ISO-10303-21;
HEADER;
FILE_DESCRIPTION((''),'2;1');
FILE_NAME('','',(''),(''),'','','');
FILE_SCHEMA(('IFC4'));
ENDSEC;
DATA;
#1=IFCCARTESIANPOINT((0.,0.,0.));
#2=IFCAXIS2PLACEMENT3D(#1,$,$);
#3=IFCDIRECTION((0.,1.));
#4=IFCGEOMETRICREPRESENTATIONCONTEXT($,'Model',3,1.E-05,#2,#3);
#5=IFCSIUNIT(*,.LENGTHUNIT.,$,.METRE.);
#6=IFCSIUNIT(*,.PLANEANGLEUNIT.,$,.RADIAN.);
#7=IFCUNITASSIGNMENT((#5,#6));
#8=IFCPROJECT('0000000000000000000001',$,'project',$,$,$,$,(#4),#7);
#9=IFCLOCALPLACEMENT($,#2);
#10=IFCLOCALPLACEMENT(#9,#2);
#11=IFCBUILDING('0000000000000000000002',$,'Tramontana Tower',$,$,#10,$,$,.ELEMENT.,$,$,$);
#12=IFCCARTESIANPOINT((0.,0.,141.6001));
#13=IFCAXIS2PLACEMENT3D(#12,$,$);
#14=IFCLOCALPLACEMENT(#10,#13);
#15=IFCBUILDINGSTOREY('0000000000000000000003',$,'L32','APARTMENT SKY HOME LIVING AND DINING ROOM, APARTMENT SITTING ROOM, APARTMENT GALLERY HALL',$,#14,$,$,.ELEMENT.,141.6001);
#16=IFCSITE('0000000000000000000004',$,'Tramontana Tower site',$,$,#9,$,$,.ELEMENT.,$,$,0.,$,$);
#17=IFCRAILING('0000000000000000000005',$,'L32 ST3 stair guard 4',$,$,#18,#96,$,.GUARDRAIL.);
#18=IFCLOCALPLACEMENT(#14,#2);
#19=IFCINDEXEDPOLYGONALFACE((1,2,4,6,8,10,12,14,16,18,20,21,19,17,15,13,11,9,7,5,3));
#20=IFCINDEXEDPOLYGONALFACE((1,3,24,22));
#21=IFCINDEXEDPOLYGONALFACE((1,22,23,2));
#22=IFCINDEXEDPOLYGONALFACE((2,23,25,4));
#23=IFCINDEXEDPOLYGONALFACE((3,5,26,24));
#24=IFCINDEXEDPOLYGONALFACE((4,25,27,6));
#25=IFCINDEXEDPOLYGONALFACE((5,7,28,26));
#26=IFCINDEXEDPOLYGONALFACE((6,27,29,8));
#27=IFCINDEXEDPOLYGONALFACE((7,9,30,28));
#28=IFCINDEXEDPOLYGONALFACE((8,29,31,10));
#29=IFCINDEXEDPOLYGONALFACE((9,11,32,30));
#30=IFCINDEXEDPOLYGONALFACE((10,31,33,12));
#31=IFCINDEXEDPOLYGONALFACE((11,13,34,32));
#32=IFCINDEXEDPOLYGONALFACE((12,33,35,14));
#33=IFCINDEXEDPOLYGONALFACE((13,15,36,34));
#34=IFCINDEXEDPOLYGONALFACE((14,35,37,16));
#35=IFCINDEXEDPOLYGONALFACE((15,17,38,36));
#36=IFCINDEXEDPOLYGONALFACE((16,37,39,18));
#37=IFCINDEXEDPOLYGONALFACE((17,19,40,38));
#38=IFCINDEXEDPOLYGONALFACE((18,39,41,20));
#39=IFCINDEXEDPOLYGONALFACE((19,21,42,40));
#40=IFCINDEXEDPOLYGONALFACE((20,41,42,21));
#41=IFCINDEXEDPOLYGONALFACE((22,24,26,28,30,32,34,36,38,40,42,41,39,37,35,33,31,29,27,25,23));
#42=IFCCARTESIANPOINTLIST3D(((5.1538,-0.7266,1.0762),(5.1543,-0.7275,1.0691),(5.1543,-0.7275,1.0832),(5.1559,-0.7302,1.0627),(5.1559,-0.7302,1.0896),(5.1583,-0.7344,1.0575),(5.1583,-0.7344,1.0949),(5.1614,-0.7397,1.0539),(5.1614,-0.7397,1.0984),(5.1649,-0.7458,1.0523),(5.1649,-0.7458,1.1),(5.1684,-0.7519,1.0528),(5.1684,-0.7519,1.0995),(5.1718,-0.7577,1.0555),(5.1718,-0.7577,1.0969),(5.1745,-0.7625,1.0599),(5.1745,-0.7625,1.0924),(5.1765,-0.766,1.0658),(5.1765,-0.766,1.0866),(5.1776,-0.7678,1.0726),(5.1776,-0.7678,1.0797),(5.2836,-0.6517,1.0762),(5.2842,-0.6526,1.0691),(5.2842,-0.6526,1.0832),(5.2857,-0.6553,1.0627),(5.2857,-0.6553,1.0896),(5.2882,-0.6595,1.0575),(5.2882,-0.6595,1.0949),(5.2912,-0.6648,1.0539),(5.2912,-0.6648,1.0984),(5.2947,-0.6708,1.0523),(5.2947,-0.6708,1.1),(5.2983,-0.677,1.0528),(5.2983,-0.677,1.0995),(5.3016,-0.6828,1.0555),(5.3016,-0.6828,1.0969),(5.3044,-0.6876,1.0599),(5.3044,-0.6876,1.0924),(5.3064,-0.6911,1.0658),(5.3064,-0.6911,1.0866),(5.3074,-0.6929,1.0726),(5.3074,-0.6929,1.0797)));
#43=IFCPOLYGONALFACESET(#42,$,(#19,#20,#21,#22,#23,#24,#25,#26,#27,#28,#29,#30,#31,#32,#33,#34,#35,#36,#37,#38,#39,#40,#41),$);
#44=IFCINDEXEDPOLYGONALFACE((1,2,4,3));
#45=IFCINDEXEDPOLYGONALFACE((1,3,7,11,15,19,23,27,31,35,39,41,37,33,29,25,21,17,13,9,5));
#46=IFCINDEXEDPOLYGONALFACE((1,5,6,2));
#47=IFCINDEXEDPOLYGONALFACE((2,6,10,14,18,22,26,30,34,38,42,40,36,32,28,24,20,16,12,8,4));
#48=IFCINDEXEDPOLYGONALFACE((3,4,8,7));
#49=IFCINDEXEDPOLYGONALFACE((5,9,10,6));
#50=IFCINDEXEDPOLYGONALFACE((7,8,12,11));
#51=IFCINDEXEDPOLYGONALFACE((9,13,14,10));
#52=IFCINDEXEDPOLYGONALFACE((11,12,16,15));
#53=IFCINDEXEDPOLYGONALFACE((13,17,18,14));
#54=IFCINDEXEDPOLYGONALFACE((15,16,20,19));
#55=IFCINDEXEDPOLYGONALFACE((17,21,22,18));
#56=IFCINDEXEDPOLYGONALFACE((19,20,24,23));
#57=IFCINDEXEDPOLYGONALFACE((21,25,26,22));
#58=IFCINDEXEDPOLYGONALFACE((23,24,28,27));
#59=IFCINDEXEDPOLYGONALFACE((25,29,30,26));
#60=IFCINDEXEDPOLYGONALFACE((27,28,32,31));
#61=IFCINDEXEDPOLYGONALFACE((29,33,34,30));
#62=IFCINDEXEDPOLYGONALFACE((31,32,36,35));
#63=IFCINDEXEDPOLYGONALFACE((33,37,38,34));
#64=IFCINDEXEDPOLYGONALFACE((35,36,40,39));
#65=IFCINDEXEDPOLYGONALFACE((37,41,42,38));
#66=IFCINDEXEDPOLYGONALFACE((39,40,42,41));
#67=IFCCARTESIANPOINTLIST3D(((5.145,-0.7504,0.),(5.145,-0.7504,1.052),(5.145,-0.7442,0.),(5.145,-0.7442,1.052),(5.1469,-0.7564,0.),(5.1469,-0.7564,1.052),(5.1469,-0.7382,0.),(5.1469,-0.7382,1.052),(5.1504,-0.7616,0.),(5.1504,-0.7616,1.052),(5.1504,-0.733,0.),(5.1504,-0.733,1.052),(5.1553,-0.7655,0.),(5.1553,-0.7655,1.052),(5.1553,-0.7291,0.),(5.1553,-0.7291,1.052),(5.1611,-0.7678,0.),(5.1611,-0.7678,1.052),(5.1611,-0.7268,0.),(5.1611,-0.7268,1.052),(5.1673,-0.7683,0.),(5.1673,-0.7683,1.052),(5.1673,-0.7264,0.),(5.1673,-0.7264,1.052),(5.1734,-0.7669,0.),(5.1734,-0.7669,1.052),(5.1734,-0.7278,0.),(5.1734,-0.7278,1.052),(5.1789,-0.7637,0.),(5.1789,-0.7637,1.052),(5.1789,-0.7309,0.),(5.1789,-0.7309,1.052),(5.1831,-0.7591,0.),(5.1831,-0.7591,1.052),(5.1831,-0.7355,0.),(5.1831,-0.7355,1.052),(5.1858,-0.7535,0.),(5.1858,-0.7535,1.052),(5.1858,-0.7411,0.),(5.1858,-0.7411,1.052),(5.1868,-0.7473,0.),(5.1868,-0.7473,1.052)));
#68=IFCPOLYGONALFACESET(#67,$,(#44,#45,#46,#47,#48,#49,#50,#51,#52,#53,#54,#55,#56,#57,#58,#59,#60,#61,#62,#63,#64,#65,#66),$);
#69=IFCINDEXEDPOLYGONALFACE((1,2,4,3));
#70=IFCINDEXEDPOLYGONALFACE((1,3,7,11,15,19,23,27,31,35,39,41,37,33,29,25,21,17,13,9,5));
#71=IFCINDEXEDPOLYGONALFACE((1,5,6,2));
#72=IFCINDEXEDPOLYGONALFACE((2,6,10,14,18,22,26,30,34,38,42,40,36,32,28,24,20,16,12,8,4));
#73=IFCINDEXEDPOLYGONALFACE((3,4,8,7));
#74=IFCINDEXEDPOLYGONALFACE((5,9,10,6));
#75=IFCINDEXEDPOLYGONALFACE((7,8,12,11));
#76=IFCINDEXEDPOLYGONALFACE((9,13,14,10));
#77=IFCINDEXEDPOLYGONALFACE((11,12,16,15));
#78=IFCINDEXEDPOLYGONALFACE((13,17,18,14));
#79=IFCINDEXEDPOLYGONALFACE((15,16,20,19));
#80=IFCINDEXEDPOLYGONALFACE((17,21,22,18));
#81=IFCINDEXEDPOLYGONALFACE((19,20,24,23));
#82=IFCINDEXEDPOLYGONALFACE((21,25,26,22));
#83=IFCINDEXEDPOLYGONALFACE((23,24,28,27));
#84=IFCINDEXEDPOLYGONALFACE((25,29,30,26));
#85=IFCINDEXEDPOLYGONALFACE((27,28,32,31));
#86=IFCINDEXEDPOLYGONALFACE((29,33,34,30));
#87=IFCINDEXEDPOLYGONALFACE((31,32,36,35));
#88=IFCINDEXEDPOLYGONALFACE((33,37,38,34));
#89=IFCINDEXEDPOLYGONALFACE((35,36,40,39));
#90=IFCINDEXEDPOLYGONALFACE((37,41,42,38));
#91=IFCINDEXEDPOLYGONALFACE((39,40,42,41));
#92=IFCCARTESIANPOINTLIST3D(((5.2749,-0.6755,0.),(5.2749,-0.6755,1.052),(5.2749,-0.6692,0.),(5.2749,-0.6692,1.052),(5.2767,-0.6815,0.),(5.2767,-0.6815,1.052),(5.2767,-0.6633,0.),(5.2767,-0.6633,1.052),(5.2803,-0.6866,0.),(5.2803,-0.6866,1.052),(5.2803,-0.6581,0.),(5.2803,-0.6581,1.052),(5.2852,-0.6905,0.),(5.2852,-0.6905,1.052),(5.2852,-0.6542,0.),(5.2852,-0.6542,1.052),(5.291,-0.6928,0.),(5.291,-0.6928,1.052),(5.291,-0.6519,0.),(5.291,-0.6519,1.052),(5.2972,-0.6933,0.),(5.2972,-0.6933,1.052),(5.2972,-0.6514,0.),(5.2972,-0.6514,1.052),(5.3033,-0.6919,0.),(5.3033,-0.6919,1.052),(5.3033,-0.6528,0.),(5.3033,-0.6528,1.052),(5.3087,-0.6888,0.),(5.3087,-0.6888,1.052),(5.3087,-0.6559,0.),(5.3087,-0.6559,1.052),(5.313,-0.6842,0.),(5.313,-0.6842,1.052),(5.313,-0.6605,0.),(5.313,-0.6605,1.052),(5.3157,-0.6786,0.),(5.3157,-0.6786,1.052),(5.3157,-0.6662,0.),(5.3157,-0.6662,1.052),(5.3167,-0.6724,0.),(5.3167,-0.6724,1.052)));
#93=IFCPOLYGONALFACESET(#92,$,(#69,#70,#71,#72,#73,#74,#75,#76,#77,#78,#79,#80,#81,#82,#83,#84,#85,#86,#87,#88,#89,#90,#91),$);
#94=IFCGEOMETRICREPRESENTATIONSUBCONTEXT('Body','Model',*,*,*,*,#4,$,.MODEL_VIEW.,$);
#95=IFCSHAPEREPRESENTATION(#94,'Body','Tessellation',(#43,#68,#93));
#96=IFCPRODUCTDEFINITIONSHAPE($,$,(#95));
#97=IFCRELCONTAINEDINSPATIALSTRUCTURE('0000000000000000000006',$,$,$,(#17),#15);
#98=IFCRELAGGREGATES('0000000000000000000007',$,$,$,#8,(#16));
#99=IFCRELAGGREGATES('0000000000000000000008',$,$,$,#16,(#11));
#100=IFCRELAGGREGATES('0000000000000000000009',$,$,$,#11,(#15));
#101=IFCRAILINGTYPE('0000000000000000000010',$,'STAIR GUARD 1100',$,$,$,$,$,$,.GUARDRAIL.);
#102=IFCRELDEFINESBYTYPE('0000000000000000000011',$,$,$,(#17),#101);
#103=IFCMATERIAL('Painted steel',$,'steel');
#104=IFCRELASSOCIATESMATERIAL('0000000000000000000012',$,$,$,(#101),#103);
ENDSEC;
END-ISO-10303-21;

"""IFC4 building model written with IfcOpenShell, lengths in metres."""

from ifc_helpers import new_model, si_unit, direction, frame, origin, origin_2d, place, context, subcontext, project, spatial, circle, extrude, material, type_object, element, save


model = new_model("IFC4")

# Units and contexts
model_context = context("Model", 3, precision=1e-05, world=origin(), true_north=direction((0.0, 1.0)))
body_context = subcontext(model_context, "Body", "Model", "MODEL_VIEW")
ifc_project = project(units=[si_unit("LENGTHUNIT", "METRE"), si_unit("PLANEANGLEUNIT", "RADIAN")], contexts=[model_context])

# Site, building, storey
site_placement = place(None, origin())
site = spatial("IfcSite", under=ifc_project, at=site_placement, Name="Tramontana Tower site", CompositionType="ELEMENT", RefElevation=0.0)
building_placement = place(site_placement, origin())
building = spatial("IfcBuilding", under=site, at=building_placement, Name="Tramontana Tower", CompositionType="ELEMENT")
storey_placement = place(building_placement, frame((0.0, 0.0, 141.6001)))
storey = spatial("IfcBuildingStorey", under=building, at=storey_placement, Name="L32", Description="APARTMENT SKY HOME LIVING AND DINING ROOM, APARTMENT SITTING ROOM, APARTMENT GALLERY HALL", CompositionType="ELEMENT", Elevation=141.6001)

# Railing
ifc_material_1 = material(Name="Painted steel", Category="steel")
railing_type = type_object("IfcRailingType", Name="STAIR GUARD 1100", PredefinedType="GUARDRAIL", material=ifc_material_1)
railing_1_placement = place(storey_placement, frame((5.1658, -0.7473, 0.0)))
element("IfcRailing", 1, at=railing_1_placement, inside=storey, type_object=railing_type, Name="L32 ST3 stair guard 4", PredefinedType="GUARDRAIL", context=body_context, shape_type="SweptSolid", body=[
    extrude(circle(Radius=0.0239, at=origin_2d()), frame((0.0, 0.0, 1.0762), z_axis=(0.866131, 0.499816, 0.0), x_axis=(-0.499816, 0.866131, 0.0)), (0.0, 0.0, 1.0), 0.1499),
    extrude(circle(Radius=0.021, at=origin_2d()), origin(), (0.0, 0.0, 1.0), 1.052),
    extrude(circle(Radius=0.021, at=origin_2d()), frame((0.1299, 0.075, 0.0)), (0.0, 0.0, 1.0), 1.052),
])

save(model, "model.ifc")
